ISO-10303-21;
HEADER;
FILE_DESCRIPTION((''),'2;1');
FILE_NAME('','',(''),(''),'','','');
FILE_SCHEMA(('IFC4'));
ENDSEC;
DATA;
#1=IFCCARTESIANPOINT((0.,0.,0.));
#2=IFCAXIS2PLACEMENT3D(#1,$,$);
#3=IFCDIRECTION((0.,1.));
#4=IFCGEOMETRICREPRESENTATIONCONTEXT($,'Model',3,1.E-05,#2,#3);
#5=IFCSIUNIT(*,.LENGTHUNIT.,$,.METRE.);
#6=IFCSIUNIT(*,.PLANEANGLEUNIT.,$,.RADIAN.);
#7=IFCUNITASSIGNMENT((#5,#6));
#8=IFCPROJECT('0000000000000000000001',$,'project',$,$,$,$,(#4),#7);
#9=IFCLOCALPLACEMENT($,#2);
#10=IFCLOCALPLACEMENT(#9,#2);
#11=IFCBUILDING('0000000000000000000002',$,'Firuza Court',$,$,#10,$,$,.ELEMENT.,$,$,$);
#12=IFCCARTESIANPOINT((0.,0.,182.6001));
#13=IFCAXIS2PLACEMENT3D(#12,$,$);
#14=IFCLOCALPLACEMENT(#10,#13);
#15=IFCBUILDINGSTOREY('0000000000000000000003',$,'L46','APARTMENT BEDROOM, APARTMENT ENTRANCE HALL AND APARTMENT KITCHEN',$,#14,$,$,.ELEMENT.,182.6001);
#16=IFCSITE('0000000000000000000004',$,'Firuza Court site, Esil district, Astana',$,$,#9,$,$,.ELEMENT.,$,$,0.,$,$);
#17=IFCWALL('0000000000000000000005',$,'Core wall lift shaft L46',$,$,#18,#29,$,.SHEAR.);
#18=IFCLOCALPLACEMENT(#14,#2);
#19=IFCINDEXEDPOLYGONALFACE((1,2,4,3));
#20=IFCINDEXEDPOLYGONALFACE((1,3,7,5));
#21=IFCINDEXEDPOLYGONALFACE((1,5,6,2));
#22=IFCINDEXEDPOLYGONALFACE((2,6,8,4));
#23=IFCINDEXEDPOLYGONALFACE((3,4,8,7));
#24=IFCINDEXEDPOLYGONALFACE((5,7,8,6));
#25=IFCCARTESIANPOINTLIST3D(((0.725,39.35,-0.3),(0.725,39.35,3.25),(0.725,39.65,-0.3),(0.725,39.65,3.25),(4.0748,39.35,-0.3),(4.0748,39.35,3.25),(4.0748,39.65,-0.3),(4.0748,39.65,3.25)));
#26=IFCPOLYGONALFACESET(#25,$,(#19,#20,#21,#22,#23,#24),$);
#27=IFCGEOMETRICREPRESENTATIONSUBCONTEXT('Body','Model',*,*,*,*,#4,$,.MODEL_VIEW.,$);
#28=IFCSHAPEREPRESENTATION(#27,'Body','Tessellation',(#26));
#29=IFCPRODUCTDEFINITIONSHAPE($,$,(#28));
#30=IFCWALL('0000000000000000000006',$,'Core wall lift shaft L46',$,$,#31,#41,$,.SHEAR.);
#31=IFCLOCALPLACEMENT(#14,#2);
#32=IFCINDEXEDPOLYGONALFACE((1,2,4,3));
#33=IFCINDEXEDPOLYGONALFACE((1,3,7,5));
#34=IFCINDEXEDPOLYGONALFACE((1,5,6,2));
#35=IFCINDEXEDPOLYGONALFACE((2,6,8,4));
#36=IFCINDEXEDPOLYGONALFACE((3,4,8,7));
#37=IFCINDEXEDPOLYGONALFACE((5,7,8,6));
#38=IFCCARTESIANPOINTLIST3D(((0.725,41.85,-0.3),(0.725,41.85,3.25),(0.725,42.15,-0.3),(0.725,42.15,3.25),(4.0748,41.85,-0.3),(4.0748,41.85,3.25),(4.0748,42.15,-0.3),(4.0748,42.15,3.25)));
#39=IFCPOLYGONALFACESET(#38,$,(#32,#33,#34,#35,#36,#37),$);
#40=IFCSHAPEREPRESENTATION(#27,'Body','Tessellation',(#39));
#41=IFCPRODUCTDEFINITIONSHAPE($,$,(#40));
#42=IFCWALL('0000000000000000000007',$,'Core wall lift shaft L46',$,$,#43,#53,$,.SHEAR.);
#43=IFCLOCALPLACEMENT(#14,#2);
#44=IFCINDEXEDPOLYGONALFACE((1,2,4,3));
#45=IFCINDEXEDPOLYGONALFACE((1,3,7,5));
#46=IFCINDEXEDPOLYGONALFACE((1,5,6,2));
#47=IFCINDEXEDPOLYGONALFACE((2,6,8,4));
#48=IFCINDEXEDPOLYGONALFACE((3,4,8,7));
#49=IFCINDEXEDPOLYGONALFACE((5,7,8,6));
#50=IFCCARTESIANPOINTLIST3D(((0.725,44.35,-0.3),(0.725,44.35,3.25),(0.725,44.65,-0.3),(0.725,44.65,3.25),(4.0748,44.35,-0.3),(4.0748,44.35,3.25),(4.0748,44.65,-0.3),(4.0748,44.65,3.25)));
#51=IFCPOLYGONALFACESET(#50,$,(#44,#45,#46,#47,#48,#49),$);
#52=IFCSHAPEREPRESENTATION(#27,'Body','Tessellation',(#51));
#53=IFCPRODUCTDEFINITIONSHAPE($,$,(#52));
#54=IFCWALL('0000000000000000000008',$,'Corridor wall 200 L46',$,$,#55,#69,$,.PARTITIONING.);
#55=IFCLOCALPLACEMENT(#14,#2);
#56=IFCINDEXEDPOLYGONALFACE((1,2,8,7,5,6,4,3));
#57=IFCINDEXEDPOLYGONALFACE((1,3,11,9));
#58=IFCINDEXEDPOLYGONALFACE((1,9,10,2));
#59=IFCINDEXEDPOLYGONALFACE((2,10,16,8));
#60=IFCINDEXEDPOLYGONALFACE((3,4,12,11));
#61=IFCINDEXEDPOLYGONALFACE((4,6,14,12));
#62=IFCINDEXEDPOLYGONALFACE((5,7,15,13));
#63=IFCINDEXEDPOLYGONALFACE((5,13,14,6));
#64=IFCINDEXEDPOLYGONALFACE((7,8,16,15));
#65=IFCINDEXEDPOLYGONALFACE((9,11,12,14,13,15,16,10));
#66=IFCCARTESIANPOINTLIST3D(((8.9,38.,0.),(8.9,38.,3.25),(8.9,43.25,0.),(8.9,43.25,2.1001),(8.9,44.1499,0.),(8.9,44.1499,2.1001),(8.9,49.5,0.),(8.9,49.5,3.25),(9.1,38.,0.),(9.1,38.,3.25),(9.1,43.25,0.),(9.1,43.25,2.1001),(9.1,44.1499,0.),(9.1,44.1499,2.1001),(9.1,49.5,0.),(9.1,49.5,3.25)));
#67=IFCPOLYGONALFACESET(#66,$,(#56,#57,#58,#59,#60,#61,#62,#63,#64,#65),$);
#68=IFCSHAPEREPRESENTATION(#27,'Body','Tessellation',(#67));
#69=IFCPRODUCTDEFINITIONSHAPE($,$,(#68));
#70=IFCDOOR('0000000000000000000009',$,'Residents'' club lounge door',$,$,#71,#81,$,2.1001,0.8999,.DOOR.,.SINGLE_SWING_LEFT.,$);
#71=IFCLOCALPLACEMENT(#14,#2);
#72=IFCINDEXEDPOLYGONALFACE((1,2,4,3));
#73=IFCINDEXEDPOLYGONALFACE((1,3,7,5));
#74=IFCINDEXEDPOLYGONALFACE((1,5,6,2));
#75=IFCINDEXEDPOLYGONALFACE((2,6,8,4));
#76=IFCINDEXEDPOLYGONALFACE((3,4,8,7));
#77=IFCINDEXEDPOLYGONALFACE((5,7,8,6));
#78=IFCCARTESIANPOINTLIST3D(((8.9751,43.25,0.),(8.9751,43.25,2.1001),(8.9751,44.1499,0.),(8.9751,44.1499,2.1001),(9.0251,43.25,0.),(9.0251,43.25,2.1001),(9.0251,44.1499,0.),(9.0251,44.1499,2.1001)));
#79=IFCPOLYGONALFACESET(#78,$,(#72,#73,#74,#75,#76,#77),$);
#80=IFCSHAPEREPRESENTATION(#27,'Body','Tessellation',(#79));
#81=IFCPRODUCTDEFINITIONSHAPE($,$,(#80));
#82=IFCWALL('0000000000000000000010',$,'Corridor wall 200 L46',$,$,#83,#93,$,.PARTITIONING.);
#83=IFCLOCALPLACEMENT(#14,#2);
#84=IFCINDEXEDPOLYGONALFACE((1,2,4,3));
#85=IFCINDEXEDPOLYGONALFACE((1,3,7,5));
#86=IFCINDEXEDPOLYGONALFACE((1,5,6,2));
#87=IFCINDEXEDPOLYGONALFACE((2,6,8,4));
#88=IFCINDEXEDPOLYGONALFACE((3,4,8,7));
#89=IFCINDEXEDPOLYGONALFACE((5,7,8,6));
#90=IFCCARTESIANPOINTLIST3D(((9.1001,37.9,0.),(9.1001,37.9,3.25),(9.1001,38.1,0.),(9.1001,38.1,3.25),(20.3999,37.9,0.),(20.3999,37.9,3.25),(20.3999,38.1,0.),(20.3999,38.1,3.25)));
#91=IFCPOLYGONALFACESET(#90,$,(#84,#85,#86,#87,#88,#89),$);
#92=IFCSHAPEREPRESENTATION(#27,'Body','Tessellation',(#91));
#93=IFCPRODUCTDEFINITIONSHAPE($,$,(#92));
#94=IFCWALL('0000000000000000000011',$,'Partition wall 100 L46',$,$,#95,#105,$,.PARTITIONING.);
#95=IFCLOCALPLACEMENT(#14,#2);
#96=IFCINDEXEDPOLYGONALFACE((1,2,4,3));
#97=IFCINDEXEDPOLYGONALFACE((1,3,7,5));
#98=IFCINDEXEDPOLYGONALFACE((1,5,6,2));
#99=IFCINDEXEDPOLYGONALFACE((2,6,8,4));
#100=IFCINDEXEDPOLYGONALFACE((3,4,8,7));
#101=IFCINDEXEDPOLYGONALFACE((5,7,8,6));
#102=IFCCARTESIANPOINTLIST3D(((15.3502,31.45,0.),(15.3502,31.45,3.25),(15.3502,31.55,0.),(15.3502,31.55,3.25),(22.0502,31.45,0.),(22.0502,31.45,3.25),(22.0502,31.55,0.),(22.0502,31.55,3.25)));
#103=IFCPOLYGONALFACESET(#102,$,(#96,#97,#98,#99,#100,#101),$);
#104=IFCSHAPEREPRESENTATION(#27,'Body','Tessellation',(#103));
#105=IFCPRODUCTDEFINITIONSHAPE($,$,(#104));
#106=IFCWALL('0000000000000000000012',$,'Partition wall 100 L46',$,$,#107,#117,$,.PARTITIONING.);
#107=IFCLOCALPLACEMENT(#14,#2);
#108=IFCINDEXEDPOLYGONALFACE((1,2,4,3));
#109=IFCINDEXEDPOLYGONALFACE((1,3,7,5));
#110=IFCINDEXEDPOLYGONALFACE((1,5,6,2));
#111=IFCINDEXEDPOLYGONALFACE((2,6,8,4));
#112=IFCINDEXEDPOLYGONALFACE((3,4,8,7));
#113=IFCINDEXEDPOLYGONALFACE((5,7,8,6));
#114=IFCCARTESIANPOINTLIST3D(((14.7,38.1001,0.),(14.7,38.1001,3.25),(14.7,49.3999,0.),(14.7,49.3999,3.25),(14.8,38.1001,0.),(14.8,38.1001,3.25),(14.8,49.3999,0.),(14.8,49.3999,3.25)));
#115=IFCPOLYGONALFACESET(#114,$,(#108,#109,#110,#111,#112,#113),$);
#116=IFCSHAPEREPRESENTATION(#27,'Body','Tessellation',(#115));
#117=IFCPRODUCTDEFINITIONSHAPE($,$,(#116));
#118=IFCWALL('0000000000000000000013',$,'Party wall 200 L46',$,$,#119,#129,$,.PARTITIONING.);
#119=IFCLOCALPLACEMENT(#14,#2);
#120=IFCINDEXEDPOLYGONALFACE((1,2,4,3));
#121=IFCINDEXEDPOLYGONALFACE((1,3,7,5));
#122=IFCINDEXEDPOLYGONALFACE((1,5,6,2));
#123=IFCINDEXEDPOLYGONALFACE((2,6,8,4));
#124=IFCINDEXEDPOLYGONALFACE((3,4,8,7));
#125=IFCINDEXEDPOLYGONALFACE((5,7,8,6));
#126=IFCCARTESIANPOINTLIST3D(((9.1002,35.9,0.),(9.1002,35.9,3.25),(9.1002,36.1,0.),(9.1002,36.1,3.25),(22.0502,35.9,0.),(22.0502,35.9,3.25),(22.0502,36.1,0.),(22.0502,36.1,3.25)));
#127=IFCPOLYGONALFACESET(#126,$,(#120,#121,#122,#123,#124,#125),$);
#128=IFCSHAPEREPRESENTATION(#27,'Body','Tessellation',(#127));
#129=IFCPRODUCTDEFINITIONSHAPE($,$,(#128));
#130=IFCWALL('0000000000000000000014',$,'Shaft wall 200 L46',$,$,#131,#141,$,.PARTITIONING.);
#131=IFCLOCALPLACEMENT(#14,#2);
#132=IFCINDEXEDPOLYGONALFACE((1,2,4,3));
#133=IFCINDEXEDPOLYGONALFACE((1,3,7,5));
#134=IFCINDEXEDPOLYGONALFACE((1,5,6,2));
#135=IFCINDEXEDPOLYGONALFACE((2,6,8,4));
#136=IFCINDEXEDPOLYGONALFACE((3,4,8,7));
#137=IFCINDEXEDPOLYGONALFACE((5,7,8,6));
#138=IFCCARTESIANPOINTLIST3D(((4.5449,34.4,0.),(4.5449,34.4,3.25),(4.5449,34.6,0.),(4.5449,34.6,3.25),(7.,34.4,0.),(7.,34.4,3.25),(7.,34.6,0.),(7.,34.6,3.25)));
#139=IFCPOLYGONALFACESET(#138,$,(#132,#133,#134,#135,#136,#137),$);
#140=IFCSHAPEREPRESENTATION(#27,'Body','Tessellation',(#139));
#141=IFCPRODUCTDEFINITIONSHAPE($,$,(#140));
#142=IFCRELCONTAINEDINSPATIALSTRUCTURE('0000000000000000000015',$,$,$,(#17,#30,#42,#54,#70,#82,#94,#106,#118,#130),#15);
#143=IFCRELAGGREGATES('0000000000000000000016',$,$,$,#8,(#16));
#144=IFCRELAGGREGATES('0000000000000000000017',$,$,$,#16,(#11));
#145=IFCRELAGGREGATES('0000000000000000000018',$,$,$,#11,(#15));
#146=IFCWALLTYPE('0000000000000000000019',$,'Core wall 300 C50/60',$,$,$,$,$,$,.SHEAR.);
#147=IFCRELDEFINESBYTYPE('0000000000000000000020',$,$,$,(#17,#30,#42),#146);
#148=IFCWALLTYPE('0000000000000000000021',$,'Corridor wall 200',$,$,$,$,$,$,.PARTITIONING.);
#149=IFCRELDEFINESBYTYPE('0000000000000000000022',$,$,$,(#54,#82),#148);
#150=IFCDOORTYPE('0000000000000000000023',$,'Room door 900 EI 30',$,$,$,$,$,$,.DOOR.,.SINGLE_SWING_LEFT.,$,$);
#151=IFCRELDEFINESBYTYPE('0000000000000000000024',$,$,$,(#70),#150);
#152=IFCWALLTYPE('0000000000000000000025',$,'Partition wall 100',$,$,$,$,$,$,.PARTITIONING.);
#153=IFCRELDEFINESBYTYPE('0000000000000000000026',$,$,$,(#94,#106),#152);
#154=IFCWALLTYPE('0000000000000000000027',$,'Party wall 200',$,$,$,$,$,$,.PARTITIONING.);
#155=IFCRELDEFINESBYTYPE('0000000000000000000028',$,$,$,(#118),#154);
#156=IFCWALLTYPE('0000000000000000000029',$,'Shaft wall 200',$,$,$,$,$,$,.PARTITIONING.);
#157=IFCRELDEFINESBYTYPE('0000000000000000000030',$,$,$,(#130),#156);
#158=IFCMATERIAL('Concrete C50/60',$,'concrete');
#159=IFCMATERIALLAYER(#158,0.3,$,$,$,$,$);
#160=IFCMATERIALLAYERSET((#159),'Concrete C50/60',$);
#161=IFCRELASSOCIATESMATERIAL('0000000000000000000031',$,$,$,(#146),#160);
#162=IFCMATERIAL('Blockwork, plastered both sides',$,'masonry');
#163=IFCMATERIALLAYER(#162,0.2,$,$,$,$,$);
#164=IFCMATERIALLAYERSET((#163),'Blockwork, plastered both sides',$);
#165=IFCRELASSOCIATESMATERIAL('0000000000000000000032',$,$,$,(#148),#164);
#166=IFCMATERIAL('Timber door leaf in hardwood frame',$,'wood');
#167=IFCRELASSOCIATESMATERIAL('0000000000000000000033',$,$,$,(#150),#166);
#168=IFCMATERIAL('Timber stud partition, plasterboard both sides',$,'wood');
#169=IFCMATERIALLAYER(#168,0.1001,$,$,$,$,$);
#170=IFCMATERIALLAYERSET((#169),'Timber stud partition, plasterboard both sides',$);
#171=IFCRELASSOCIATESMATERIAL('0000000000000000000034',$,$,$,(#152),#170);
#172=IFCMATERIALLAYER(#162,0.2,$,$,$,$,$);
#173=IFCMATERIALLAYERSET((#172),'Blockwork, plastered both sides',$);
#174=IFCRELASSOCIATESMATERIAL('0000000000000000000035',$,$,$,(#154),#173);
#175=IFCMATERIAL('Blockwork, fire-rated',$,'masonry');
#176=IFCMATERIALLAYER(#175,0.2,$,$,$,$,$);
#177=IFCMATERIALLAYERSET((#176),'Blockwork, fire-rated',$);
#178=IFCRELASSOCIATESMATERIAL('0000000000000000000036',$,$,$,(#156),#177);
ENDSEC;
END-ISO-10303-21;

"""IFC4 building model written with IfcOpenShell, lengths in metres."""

from ifc_helpers import new_model, si_unit, direction, frame, frame_2d, origin, place, context, subcontext, project, spatial, rectangle, extrude, material, layer, layer_set, type_object, element, fill, save


model = new_model("IFC4")

# Units and contexts
model_context = context("Model", 3, precision=1e-05, world=origin(), true_north=direction((0.0, 1.0)))
body_context = subcontext(model_context, "Body", "Model", "MODEL_VIEW")
ifc_project = project(units=[si_unit("LENGTHUNIT", "METRE"), si_unit("PLANEANGLEUNIT", "RADIAN")], contexts=[model_context])

# Site, building, storey
site_placement = place(None, origin())
site = spatial("IfcSite", under=ifc_project, at=site_placement, Name="Firuza Court site, Esil district, Astana", CompositionType="ELEMENT", RefElevation=0.0)
building_placement = place(site_placement, origin())
building = spatial("IfcBuilding", under=site, at=building_placement, Name="Firuza Court", CompositionType="ELEMENT")
storey_placement = place(building_placement, frame((0.0, 0.0, 182.6001)))
storey = spatial("IfcBuildingStorey", under=building, at=storey_placement, Name="L46", Description="APARTMENT BEDROOM, APARTMENT ENTRANCE HALL AND APARTMENT KITCHEN", CompositionType="ELEMENT", Elevation=182.6001)

# Walls
ifc_material_1 = material(Name="Concrete C50/60", Category="concrete")
ifc_layer_1 = layer(ifc_material_1, 0.3)
ifc_layer_set_1 = layer_set([ifc_layer_1], Name="Concrete C50/60")
wall_type_1 = type_object("IfcWallType", Name="Core wall 300 C50/60", PredefinedType="SHEAR", material=ifc_layer_set_1)
for number, where, z_axis, x_axis, name in (
    (1, (0.7251, 39.5, -0.3), (0.0, 0.0, 1.0), (1.0, 0.0, 0.0), "Core wall lift shaft L46"),
    (2, (0.7251, 42.0, -0.3), (0.0, 0.0, 1.0), (1.0, 0.0, 0.0), "Core wall lift shaft L46"),
    (3, (0.7251, 44.5, -0.3), (0.0, 0.0, 1.0), (1.0, 0.0, 0.0), "Core wall lift shaft L46"),
):
    element("IfcWall", number, at=place(storey_placement, frame(where, z_axis=z_axis, x_axis=x_axis)), inside=storey, type_object=wall_type_1, Name=name, PredefinedType="SHEAR", context=body_context, shape_type="SweptSolid", body=[
        extrude(rectangle(XDim=3.3499, YDim=0.3, at=frame_2d((1.6748, 0.0))), origin(), (0.0, 0.0, 1.0), 3.55),
    ])

# Wall, opening, door
ifc_material_2 = material(Name="Blockwork, plastered both sides", Category="masonry")
ifc_layer_2 = layer(ifc_material_2, 0.2)
ifc_layer_set_2 = layer_set([ifc_layer_2], Name="Blockwork, plastered both sides")
wall_type_2 = type_object("IfcWallType", Name="Corridor wall 200", PredefinedType="PARTITIONING", material=ifc_layer_set_2)
wall_1_placement = place(storey_placement, frame((9.0, 38.0, 0.0), z_axis=(0.0, 0.0, 1.0), x_axis=(0.0, 1.0, 0.0)))
wall_1 = element("IfcWall", 4, at=wall_1_placement, inside=storey, type_object=wall_type_2, Name="Corridor wall 200 L46", PredefinedType="PARTITIONING", context=body_context, shape_type="SweptSolid", body=[
    extrude(rectangle(XDim=11.5, YDim=0.2, at=frame_2d((5.75, 0.0))), origin(), (0.0, 0.0, 1.0), 3.25),
])
opening_1_placement = place(wall_1_placement, frame((5.25, 0.0, 0.0)))
opening_1 = element("IfcOpeningElement", 5, at=opening_1_placement, cuts=wall_1, PredefinedType="OPENING", context=body_context, shape_type="SweptSolid", body=[
    extrude(rectangle(XDim=0.8999, YDim=2.1001, at=frame_2d((0.45, 1.05))), frame((0.0, 0.1118, 0.0), z_axis=(0.0, -1.0, 0.0), x_axis=(1.0, 0.0, 0.0)), (0.0, 0.0, 1.0), 0.2239),
])
ifc_material_3 = material(Name="Timber door leaf in hardwood frame", Category="wood")
door_type_1 = type_object("IfcDoorType", Name="Room door 900 EI 30", OperationType="SINGLE_SWING_LEFT", PredefinedType="DOOR", material=ifc_material_3)
door_1_placement = place(opening_1_placement, origin())
door_1 = element("IfcDoor", 6, at=door_1_placement, inside=storey, type_object=door_type_1, Name="Residents' club lounge door", OperationType="SINGLE_SWING_LEFT", OverallHeight=2.1001, OverallWidth=0.8999, PredefinedType="DOOR", context=body_context, shape_type="SweptSolid", body=[
    extrude(rectangle(XDim=0.8999, YDim=2.1001, at=frame_2d((0.45, 1.05))), frame((0.0, 0.0249, 0.0), z_axis=(0.0, -1.0, 0.0), x_axis=(1.0, 0.0, 0.0)), (0.0, 0.0, 1.0), 0.05),
])
fill(opening_1, door_1)

# Walls
wall_2_placement = place(storey_placement, frame((9.1001, 38.0, 0.0), z_axis=(0.0, 0.0, 1.0), x_axis=(1.0, 0.0, 0.0)))
element("IfcWall", 7, at=wall_2_placement, inside=storey, type_object=wall_type_2, Name="Corridor wall 200 L46", PredefinedType="PARTITIONING", context=body_context, shape_type="SweptSolid", body=[
    extrude(rectangle(XDim=11.2998, YDim=0.2, at=frame_2d((5.6499, 0.0))), origin(), (0.0, 0.0, 1.0), 3.25),
])
ifc_material_4 = material(Name="Timber stud partition, plasterboard both sides", Category="wood")
ifc_layer_3 = layer(ifc_material_4, 0.1001)
ifc_layer_set_3 = layer_set([ifc_layer_3], Name="Timber stud partition, plasterboard both sides")
wall_type_3 = type_object("IfcWallType", Name="Partition wall 100", PredefinedType="PARTITIONING", material=ifc_layer_set_3)
wall_3_placement = place(storey_placement, frame((15.3501, 31.5, 0.0), z_axis=(0.0, 0.0, 1.0), x_axis=(1.0, 0.0, 0.0)))
element("IfcWall", 8, at=wall_3_placement, inside=storey, type_object=wall_type_3, Name="Partition wall 100 L46", PredefinedType="PARTITIONING", context=body_context, shape_type="SweptSolid", body=[
    extrude(rectangle(XDim=6.7, YDim=0.1001, at=frame_2d((3.3501, 0.0))), origin(), (0.0, 0.0, 1.0), 3.25),
])
wall_4_placement = place(storey_placement, frame((14.75, 38.1001, 0.0), z_axis=(0.0, 0.0, 1.0), x_axis=(0.0, 1.0, 0.0)))
element("IfcWall", 9, at=wall_4_placement, inside=storey, type_object=wall_type_3, Name="Partition wall 100 L46", PredefinedType="PARTITIONING", context=body_context, shape_type="SweptSolid", body=[
    extrude(rectangle(XDim=11.2998, YDim=0.1001, at=frame_2d((5.6499, 0.0))), origin(), (0.0, 0.0, 1.0), 3.25),
])
ifc_layer_4 = layer(ifc_material_2, 0.2)
ifc_layer_set_4 = layer_set([ifc_layer_4], Name="Blockwork, plastered both sides")
wall_type_4 = type_object("IfcWallType", Name="Party wall 200", PredefinedType="PARTITIONING", material=ifc_layer_set_4)
wall_5_placement = place(storey_placement, frame((9.1001, 36.0, 0.0), z_axis=(0.0, 0.0, 1.0), x_axis=(1.0, 0.0, 0.0)))
element("IfcWall", 10, at=wall_5_placement, inside=storey, type_object=wall_type_4, Name="Party wall 200 L46", PredefinedType="PARTITIONING", context=body_context, shape_type="SweptSolid", body=[
    extrude(rectangle(XDim=12.95, YDim=0.2, at=frame_2d((6.4751, 0.0))), origin(), (0.0, 0.0, 1.0), 3.25),
])
ifc_material_5 = material(Name="Blockwork, fire-rated", Category="masonry")
ifc_layer_5 = layer(ifc_material_5, 0.2)
ifc_layer_set_5 = layer_set([ifc_layer_5], Name="Blockwork, fire-rated")
wall_type_5 = type_object("IfcWallType", Name="Shaft wall 200", PredefinedType="PARTITIONING", material=ifc_layer_set_5)
wall_6_placement = place(storey_placement, frame((4.5449, 34.5, 0.0), z_axis=(0.0, 0.0, 1.0), x_axis=(1.0, 0.0, 0.0)))
element("IfcWall", 11, at=wall_6_placement, inside=storey, type_object=wall_type_5, Name="Shaft wall 200 L46", PredefinedType="PARTITIONING", context=body_context, shape_type="SweptSolid", body=[
    extrude(rectangle(XDim=2.4551, YDim=0.2, at=frame_2d((1.2275, 0.0))), origin(), (0.0, 0.0, 1.0), 3.25),
])

save(model, "model.ifc")
